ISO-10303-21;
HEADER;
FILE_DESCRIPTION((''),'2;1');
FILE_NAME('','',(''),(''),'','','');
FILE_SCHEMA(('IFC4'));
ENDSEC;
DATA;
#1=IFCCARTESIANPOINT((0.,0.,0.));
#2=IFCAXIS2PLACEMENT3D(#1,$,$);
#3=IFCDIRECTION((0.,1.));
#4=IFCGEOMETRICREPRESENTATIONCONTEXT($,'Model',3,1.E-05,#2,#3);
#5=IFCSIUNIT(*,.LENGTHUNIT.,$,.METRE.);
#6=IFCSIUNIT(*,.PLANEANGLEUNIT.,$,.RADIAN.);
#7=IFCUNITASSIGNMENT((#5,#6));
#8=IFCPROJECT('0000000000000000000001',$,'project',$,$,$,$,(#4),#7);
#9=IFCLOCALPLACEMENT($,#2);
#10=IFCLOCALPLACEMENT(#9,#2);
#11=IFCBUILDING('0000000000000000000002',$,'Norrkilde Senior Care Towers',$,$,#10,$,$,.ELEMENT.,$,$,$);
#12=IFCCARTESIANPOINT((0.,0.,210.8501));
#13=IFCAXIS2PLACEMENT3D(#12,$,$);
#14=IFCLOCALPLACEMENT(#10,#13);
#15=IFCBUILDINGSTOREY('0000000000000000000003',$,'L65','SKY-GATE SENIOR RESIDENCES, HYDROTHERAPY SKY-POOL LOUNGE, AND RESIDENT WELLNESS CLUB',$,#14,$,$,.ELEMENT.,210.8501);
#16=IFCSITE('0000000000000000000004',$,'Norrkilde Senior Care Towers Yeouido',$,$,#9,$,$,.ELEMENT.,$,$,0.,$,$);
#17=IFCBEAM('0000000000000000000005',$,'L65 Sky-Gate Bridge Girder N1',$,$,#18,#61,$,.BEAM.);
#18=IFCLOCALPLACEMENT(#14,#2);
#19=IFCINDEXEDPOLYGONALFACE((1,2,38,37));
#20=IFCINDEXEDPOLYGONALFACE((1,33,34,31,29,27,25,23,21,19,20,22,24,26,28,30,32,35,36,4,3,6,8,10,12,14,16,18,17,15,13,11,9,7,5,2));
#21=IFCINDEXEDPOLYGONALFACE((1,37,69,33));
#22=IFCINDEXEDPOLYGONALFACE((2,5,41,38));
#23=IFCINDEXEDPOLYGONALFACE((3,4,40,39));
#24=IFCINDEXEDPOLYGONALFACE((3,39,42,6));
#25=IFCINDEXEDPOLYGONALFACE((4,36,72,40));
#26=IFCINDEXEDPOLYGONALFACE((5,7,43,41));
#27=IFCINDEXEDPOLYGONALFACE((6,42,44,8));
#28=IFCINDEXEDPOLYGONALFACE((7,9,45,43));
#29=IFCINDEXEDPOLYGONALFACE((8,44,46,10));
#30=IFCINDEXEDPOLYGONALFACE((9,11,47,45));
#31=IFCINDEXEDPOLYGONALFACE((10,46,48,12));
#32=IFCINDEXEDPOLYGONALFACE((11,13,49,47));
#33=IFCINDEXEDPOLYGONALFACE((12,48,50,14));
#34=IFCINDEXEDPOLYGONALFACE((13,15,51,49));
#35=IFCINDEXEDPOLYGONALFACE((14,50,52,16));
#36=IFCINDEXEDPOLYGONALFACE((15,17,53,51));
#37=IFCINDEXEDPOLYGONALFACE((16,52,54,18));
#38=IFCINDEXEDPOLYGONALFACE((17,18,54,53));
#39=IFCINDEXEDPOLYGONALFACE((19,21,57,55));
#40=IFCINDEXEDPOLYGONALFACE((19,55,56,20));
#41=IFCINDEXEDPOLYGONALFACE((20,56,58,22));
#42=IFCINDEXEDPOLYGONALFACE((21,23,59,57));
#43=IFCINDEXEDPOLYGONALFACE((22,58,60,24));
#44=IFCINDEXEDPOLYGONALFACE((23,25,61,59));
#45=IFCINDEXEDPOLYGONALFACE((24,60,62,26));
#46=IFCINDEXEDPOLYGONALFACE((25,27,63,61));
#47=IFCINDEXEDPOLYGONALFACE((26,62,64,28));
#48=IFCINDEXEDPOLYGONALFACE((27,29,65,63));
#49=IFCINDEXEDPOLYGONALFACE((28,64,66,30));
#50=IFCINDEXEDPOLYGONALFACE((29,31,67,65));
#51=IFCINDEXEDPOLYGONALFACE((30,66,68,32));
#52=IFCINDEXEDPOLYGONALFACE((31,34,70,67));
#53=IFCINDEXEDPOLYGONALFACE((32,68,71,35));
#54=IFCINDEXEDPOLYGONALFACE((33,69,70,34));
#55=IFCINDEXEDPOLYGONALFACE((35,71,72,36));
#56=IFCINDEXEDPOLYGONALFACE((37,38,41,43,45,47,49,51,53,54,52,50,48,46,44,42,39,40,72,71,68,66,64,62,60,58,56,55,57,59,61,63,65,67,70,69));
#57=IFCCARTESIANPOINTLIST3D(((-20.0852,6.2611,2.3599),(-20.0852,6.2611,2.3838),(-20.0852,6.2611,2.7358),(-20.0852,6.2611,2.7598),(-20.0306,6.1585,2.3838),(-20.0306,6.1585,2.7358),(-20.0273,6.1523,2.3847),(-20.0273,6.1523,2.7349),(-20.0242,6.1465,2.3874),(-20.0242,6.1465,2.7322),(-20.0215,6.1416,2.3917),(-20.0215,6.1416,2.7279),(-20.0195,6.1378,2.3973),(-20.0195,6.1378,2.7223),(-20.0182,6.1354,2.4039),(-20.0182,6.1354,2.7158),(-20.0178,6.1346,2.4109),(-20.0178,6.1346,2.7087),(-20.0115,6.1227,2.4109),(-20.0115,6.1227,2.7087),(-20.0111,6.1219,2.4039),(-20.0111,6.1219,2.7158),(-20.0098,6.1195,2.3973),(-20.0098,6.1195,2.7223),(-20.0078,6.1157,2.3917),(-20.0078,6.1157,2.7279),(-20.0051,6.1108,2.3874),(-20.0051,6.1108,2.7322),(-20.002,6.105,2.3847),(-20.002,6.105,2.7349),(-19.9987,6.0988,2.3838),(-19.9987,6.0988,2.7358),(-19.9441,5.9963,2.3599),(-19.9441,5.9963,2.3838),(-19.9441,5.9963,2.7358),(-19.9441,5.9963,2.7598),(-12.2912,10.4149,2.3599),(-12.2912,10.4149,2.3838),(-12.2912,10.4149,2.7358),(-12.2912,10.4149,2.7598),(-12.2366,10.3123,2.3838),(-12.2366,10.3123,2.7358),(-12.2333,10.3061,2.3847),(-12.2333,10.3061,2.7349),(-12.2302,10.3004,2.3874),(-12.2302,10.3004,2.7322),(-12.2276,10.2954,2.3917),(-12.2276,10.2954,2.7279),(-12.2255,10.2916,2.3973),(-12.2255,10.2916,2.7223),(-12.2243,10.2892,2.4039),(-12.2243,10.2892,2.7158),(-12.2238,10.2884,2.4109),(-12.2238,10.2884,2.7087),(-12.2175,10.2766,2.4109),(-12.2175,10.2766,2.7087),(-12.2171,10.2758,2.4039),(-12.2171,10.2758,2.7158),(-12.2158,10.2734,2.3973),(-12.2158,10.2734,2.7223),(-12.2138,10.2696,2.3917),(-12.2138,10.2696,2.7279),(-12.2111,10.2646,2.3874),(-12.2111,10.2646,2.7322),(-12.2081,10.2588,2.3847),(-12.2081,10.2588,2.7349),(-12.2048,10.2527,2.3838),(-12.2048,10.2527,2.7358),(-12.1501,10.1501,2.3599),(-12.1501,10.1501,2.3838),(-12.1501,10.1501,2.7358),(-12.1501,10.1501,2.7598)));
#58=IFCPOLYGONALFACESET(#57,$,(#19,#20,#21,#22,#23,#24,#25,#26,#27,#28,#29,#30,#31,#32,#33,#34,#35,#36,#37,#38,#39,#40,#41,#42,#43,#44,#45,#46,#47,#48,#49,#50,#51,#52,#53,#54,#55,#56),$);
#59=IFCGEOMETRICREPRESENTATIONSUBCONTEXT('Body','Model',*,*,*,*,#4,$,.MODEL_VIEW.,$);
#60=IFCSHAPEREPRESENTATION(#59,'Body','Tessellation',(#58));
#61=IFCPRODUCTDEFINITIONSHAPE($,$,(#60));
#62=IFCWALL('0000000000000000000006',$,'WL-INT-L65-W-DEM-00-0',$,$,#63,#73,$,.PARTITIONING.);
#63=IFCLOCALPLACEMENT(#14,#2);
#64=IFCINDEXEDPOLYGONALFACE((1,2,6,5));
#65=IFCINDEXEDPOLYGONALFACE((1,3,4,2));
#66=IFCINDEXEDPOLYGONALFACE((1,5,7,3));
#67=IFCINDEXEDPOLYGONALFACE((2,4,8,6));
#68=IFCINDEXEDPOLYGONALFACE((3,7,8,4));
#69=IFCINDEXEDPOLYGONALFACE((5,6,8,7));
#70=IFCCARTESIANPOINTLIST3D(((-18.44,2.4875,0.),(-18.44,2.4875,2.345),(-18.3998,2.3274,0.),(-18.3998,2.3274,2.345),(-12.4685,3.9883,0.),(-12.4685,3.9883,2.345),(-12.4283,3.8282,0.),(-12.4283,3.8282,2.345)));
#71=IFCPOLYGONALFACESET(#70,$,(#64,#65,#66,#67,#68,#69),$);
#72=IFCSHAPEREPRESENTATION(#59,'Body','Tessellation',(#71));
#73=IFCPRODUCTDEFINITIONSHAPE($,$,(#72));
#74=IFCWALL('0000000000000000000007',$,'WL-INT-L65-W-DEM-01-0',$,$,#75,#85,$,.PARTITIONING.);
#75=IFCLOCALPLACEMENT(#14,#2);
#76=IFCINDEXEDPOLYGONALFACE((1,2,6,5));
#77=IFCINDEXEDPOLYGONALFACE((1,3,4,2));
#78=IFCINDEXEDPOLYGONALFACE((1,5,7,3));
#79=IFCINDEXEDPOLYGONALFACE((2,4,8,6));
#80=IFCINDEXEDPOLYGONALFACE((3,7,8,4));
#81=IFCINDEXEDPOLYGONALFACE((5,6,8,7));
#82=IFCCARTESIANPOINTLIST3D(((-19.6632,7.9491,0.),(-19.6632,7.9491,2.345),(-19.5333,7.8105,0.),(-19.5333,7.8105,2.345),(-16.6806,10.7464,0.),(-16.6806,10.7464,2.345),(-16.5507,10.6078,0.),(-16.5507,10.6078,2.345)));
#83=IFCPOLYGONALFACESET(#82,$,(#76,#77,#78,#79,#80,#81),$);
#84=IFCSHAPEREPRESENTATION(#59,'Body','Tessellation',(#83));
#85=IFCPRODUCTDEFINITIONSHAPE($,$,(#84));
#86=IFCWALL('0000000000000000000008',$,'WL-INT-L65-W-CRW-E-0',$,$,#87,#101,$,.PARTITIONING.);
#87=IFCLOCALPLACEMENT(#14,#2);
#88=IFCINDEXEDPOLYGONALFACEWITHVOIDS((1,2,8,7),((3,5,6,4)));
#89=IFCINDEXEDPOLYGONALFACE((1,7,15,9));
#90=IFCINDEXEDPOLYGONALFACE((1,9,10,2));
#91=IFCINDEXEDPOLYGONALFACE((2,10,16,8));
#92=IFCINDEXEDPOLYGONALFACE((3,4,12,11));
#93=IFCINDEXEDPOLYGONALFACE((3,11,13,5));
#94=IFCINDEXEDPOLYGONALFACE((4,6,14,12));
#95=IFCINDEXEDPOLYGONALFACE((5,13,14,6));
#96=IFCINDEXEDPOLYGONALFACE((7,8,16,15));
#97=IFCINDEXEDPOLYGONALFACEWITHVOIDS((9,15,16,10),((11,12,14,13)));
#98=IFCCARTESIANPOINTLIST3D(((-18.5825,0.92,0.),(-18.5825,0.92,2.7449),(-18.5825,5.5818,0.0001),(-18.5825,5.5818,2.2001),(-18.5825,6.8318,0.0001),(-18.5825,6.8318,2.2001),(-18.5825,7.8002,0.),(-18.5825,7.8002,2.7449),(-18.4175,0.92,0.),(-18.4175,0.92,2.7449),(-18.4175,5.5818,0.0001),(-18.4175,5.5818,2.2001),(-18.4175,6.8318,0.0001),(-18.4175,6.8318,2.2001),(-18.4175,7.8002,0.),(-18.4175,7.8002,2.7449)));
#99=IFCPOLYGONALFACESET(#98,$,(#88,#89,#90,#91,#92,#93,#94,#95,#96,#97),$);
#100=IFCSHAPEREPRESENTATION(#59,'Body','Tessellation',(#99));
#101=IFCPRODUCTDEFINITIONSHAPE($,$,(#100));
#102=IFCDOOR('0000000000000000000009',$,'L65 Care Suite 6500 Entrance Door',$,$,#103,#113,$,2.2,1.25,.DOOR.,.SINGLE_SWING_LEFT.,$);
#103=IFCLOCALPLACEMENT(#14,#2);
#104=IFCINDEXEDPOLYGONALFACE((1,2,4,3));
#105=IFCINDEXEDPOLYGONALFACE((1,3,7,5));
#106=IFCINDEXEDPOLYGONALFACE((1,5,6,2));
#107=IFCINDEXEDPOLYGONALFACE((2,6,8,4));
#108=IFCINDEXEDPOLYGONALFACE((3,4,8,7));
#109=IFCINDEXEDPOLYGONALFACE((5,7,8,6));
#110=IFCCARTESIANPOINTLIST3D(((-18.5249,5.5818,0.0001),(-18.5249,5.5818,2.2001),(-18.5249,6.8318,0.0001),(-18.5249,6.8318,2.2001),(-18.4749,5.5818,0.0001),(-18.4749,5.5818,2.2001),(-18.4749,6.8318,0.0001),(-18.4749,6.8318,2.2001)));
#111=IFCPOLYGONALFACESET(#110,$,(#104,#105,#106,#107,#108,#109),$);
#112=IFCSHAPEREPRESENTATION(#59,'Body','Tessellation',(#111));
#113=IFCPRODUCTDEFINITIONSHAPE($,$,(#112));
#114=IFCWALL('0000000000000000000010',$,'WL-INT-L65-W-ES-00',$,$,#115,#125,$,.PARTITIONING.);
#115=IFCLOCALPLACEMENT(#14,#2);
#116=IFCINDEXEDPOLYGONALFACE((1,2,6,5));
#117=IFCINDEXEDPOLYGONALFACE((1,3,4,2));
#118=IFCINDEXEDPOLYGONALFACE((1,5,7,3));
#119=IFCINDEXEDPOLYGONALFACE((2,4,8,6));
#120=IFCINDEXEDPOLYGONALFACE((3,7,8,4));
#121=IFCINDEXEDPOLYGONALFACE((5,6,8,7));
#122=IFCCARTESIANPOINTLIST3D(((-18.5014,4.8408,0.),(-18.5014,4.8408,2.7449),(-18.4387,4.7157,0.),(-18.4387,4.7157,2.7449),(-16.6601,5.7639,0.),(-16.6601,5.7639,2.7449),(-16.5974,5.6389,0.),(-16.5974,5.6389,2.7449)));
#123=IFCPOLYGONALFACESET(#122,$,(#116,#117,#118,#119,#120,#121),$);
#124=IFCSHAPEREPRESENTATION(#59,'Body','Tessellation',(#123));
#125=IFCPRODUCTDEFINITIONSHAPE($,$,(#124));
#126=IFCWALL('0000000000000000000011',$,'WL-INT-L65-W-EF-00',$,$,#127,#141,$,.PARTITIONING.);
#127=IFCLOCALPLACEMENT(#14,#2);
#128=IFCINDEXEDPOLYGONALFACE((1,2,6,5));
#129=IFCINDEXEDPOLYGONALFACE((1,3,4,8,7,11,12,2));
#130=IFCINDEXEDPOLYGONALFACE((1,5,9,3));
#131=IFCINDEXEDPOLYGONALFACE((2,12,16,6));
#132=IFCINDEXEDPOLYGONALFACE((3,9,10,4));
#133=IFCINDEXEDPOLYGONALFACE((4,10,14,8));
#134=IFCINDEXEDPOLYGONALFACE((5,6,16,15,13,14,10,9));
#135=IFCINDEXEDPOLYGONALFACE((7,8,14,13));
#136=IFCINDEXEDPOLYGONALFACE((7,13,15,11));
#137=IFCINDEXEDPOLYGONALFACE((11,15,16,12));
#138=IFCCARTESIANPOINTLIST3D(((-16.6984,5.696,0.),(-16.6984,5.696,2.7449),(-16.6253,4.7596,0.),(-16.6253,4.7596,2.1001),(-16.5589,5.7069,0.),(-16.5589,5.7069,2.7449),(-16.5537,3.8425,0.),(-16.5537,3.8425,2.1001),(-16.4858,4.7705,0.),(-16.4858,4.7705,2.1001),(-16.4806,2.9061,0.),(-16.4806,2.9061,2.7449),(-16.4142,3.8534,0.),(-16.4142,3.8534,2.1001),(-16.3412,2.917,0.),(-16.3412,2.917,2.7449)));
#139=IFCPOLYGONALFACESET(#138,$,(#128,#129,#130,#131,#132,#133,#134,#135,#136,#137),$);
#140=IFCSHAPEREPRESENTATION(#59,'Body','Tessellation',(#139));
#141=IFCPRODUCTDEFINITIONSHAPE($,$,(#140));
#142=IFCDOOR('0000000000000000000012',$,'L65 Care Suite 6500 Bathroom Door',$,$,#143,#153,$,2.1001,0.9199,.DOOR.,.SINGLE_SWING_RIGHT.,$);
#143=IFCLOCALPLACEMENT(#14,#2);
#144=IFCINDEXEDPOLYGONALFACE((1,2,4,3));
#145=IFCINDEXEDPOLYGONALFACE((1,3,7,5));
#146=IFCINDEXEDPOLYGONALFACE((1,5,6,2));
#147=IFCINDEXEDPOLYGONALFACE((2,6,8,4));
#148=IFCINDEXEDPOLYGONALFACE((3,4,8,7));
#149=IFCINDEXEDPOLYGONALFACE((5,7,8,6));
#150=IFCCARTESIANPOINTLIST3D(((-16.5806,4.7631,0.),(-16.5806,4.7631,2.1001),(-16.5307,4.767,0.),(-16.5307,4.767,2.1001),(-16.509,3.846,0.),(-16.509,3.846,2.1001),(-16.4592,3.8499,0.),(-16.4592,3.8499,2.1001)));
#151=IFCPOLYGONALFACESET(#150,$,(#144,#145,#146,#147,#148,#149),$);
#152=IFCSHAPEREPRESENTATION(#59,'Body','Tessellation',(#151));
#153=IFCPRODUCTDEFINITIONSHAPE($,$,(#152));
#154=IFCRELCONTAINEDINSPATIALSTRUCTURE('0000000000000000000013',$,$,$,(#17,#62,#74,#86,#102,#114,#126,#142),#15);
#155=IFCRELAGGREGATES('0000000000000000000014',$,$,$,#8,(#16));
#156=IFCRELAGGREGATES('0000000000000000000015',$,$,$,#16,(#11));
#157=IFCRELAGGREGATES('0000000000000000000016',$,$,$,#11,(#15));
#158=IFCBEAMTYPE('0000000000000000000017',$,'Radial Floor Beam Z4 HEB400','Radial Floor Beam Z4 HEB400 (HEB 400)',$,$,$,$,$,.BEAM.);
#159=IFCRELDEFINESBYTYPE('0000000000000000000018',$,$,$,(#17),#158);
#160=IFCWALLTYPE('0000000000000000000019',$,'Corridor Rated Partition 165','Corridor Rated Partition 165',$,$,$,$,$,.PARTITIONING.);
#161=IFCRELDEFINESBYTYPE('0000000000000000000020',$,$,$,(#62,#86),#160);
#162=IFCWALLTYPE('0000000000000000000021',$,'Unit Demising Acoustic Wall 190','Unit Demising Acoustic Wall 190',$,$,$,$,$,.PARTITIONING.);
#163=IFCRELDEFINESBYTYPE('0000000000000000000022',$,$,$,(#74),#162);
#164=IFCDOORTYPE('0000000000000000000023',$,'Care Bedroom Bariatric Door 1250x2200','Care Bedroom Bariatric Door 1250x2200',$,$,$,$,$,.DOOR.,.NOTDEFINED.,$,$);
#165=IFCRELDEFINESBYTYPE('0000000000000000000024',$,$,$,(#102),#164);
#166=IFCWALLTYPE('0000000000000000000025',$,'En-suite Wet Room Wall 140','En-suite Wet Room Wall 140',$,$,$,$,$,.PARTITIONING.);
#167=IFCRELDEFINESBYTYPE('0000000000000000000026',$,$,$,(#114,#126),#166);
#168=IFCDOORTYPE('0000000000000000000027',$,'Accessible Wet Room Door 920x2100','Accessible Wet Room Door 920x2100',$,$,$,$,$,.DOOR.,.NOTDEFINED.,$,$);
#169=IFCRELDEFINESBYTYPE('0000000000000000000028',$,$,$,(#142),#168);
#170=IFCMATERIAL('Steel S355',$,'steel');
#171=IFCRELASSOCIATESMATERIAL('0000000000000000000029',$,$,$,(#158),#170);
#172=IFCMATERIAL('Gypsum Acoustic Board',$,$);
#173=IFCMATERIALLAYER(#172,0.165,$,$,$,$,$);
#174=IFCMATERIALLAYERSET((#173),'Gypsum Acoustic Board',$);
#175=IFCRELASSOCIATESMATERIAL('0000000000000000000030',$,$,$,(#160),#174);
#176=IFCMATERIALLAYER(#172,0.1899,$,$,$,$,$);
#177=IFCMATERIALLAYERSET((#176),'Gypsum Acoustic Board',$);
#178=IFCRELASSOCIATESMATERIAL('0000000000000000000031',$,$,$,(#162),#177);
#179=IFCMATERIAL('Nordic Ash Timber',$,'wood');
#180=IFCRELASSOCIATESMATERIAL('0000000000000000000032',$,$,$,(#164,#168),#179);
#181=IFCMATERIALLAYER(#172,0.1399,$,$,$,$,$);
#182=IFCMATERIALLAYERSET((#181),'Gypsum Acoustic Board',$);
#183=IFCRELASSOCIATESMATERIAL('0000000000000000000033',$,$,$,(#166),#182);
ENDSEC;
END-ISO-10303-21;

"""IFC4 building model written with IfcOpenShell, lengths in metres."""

from ifc_helpers import new_model, si_unit, direction, frame, frame_2d, origin, origin_2d, place, context, subcontext, project, spatial, rectangle, i_section, extrude, source, transform, mapped, material, layer, layer_set, material_profile, profile_set, type_object, type_shapes, element, fill, save


model = new_model("IFC4")

# Units and contexts
model_context = context("Model", 3, precision=1e-05, world=origin(), true_north=direction((0.0, 1.0)))
body_context = subcontext(model_context, "Body", "Model", "MODEL_VIEW")
ifc_project = project(units=[si_unit("LENGTHUNIT", "METRE"), si_unit("PLANEANGLEUNIT", "RADIAN")], contexts=[model_context])

# Site, building, storey
site_placement = place(None, origin())
site = spatial("IfcSite", under=ifc_project, at=site_placement, Name="Norrkilde Senior Care Towers Yeouido", CompositionType="ELEMENT", RefElevation=0.0)
building_placement = place(site_placement, origin())
building = spatial("IfcBuilding", under=site, at=building_placement, Name="Norrkilde Senior Care Towers", CompositionType="ELEMENT")
storey_placement = place(building_placement, frame((0.0, 0.0, 210.8501)))
storey = spatial("IfcBuildingStorey", under=building, at=storey_placement, Name="L65", Description="SKY-GATE SENIOR RESIDENCES, HYDROTHERAPY SKY-POOL LOUNGE, AND RESIDENT WELLNESS CLUB", CompositionType="ELEMENT", Elevation=210.8501)

# Beam
ifc_material_1 = material(Name="Steel S355", Category="steel")
ifc_material_profile_1 = material_profile(ifc_material_1, i_section(OverallWidth=0.3, OverallDepth=0.3999, WebThickness=0.0134, FlangeThickness=0.0239, FilletRadius=0.0271, at=origin_2d()), Name="HEB 400")
ifc_profile_set_1 = profile_set([ifc_material_profile_1], Name="Steel S355")
beam_type_1 = type_object("IfcBeamType", Name="Radial Floor Beam Z4 HEB400", Description="Radial Floor Beam Z4 HEB400 (HEB 400)", PredefinedType="BEAM", material=ifc_profile_set_1)
shared_shape_1 = source(origin(), body_context, "Body", "SweptSolid", [
    extrude(i_section(OverallWidth=0.3, OverallDepth=0.3999, WebThickness=0.0134, FlangeThickness=0.0239, FilletRadius=0.0271, at=origin_2d()), origin(), (0.0, 0.0, 1.0), 8.8318),
])
beam_1_placement = place(storey_placement, frame((-20.0146, 6.1287, 2.5598), z_axis=(0.882492, 0.470327, 0.0), x_axis=(-0.470327, 0.882492, 0.0)))
element("IfcBeam", 1, at=beam_1_placement, inside=storey, type_object=beam_type_1, Name="L65 Sky-Gate Bridge Girder N1", PredefinedType="BEAM", context=body_context, shape_type="MappedRepresentation", body=[
    mapped(shared_shape_1, transform((0.0, 0.0, 0.0), x_axis=(1.0, 0.0, 0.0), y_axis=(0.0, 1.0, 0.0), z_axis=(0.0, 0.0, 1.0), scale=1.0)),
])

# Walls
ifc_material_2 = material(Name="Gypsum Acoustic Board")
ifc_layer_1 = layer(ifc_material_2, 0.165)
ifc_layer_set_1 = layer_set([ifc_layer_1], Name="Gypsum Acoustic Board")
wall_type_1 = type_object("IfcWallType", Name="Corridor Rated Partition 165", Description="Corridor Rated Partition 165", PredefinedType="PARTITIONING", material=ifc_layer_set_1)
shared_shape_2 = source(origin(), body_context, "Body", "SweptSolid", [
    extrude(rectangle(XDim=6.1572, YDim=0.165, at=frame_2d((3.0786, 0.0))), origin(), (0.0, 0.0, 1.0), 2.345),
])
wall_1_placement = place(storey_placement, frame((-18.4199, 2.4075, 0.0), z_axis=(0.0, 0.0, 1.0), x_axis=(0.969841, 0.243739, 0.0)))
element("IfcWall", 2, at=wall_1_placement, inside=storey, type_object=wall_type_1, Name="WL-INT-L65-W-DEM-00-0", PredefinedType="PARTITIONING", context=body_context, shape_type="MappedRepresentation", body=[
    mapped(shared_shape_2, transform((0.0, 0.0, 0.0), x_axis=(1.0, 0.0, 0.0), y_axis=(0.0, 1.0, 0.0), z_axis=(0.0, 0.0, 1.0), scale=1.0)),
])
ifc_layer_2 = layer(ifc_material_2, 0.1899)
ifc_layer_set_2 = layer_set([ifc_layer_2], Name="Gypsum Acoustic Board")
wall_type_2 = type_object("IfcWallType", Name="Unit Demising Acoustic Wall 190", Description="Unit Demising Acoustic Wall 190", PredefinedType="PARTITIONING", material=ifc_layer_set_2)
shared_shape_3 = source(origin(), body_context, "Body", "SweptSolid", [
    extrude(rectangle(XDim=4.0891, YDim=0.1899, at=frame_2d((2.0444, 0.0))), origin(), (0.0, 0.0, 1.0), 2.345),
])
type_shapes(wall_type_2, [shared_shape_3])
wall_2_placement = place(storey_placement, frame((-19.5981, 7.8799, 0.0), z_axis=(0.0, 0.0, 1.0), x_axis=(0.729401, 0.684086, 0.0)))
element("IfcWall", 3, at=wall_2_placement, inside=storey, type_object=wall_type_2, Name="WL-INT-L65-W-DEM-01-0", PredefinedType="PARTITIONING", context=body_context, shape_type="MappedRepresentation", body=[
    mapped(shared_shape_3, transform((0.0, 0.0, 0.0), x_axis=(1.0, 0.0, 0.0), y_axis=(0.0, 1.0, 0.0), z_axis=(0.0, 0.0, 1.0), scale=1.0)),
])

# Wall, opening, door
shared_shape_4 = source(origin(), body_context, "Body", "SweptSolid", [
    extrude(rectangle(XDim=6.8801, YDim=0.165, at=frame_2d((3.4399, 0.0))), origin(), (0.0, 0.0, 1.0), 2.7449),
])
wall_3_placement = place(storey_placement, frame((-18.5, 7.8, 0.0), z_axis=(0.0, 0.0, 1.0), x_axis=(0.0, -1.0, 0.0)))
wall_3 = element("IfcWall", 4, at=wall_3_placement, inside=storey, type_object=wall_type_1, Name="WL-INT-L65-W-CRW-E-0", PredefinedType="PARTITIONING", context=body_context, shape_type="MappedRepresentation", body=[
    mapped(shared_shape_4, transform((0.0, 0.0, 0.0), x_axis=(1.0, 0.0, 0.0), y_axis=(0.0, 1.0, 0.0), z_axis=(0.0, 0.0, 1.0), scale=1.0)),
])
opening_1_placement = place(wall_3_placement, frame((0.9683, 0.0, 0.0)))
opening_1 = element("IfcOpeningElement", 5, at=opening_1_placement, cuts=wall_3, PredefinedType="OPENING", context=body_context, shape_type="SweptSolid", body=[
    extrude(rectangle(XDim=1.25, YDim=2.2, at=frame_2d((0.625, 1.1001))), frame((0.0, 0.0925, 0.0), z_axis=(0.0, -1.0, 0.0), x_axis=(1.0, 0.0, 0.0)), (0.0, 0.0, 1.0), 0.1851),
])
ifc_material_3 = material(Name="Nordic Ash Timber", Category="wood")
door_type_1 = type_object("IfcDoorType", Name="Care Bedroom Bariatric Door 1250x2200", Description="Care Bedroom Bariatric Door 1250x2200", OperationType="NOTDEFINED", PredefinedType="DOOR", material=ifc_material_3)
shared_shape_5 = source(origin(), body_context, "Body", "SweptSolid", [
    extrude(rectangle(XDim=1.25, YDim=2.2, at=frame_2d((0.625, 1.1001))), frame((0.0, 0.0249, 0.0), z_axis=(0.0, -1.0, 0.0), x_axis=(1.0, 0.0, 0.0)), (0.0, 0.0, 1.0), 0.05),
])
type_shapes(door_type_1, [shared_shape_5])
door_1_placement = place(opening_1_placement, frame((1.25, 0.0, 0.0), z_axis=(0.0, 0.0, 1.0), x_axis=(-1.0, 0.0, 0.0)))
door_1 = element("IfcDoor", 6, at=door_1_placement, inside=storey, type_object=door_type_1, Name="L65 Care Suite 6500 Entrance Door", OperationType="SINGLE_SWING_LEFT", OverallHeight=2.2, OverallWidth=1.25, PredefinedType="DOOR", context=body_context, shape_type="MappedRepresentation", body=[
    mapped(shared_shape_5, transform((0.0, 0.0, 0.0), x_axis=(1.0, 0.0, 0.0), y_axis=(0.0, 1.0, 0.0), z_axis=(0.0, 0.0, 1.0), scale=1.0)),
])
fill(opening_1, door_1)

# Wall
ifc_layer_3 = layer(ifc_material_2, 0.1399)
ifc_layer_set_3 = layer_set([ifc_layer_3], Name="Gypsum Acoustic Board")
wall_type_3 = type_object("IfcWallType", Name="En-suite Wet Room Wall 140", Description="En-suite Wet Room Wall 140", PredefinedType="PARTITIONING", material=ifc_layer_set_3)
shared_shape_6 = source(origin(), body_context, "Body", "SweptSolid", [
    extrude(rectangle(XDim=2.0598, YDim=0.1399, at=frame_2d((1.0298, 0.0))), origin(), (0.0, 0.0, 1.0), 2.7449),
])
wall_4_placement = place(storey_placement, frame((-18.47, 4.7783, 0.0), z_axis=(0.0, 0.0, 1.0), x_axis=(0.893953, 0.448162, 0.0)))
element("IfcWall", 7, at=wall_4_placement, inside=storey, type_object=wall_type_3, Name="WL-INT-L65-W-ES-00", PredefinedType="PARTITIONING", context=body_context, shape_type="MappedRepresentation", body=[
    mapped(shared_shape_6, transform((0.0, 0.0, 0.0), x_axis=(1.0, 0.0, 0.0), y_axis=(0.0, 1.0, 0.0), z_axis=(0.0, 0.0, 1.0), scale=1.0)),
])

# Wall, opening, door
shared_shape_7 = source(origin(), body_context, "Body", "SweptSolid", [
    extrude(rectangle(XDim=2.7983, YDim=0.1399, at=frame_2d((1.3992, 0.0))), origin(), (0.0, 0.0, 1.0), 2.7449),
])
wall_5_placement = place(storey_placement, frame((-16.6287, 5.7014, 0.0), z_axis=(0.0, 0.0, 1.0), x_axis=(0.077824, -0.996967, 0.0)))
wall_5 = element("IfcWall", 8, at=wall_5_placement, inside=storey, type_object=wall_type_3, Name="WL-INT-L65-W-EF-00", PredefinedType="PARTITIONING", context=body_context, shape_type="MappedRepresentation", body=[
    mapped(shared_shape_7, transform((0.0, 0.0, 0.0), x_axis=(1.0, 0.0, 0.0), y_axis=(0.0, 1.0, 0.0), z_axis=(0.0, 0.0, 1.0), scale=1.0)),
])
opening_2_placement = place(wall_5_placement, frame((0.9392, 0.0, 0.0)))
opening_2 = element("IfcOpeningElement", 9, at=opening_2_placement, cuts=wall_5, PredefinedType="OPENING", context=body_context, shape_type="SweptSolid", body=[
    extrude(rectangle(XDim=0.9199, YDim=2.1001, at=frame_2d((0.46, 1.05))), frame((0.0, 0.0798, 0.0), z_axis=(0.0, -1.0, 0.0), x_axis=(1.0, 0.0, 0.0)), (0.0, 0.0, 1.0), 0.1599),
])
door_type_2 = type_object("IfcDoorType", Name="Accessible Wet Room Door 920x2100", Description="Accessible Wet Room Door 920x2100", OperationType="NOTDEFINED", PredefinedType="DOOR", material=ifc_material_3)
shared_shape_8 = source(origin(), body_context, "Body", "SweptSolid", [
    extrude(rectangle(XDim=0.9199, YDim=2.1001, at=frame_2d((0.46, 1.05))), frame((0.0, 0.0249, 0.0), z_axis=(0.0, -1.0, 0.0), x_axis=(1.0, 0.0, 0.0)), (0.0, 0.0, 1.0), 0.05),
])
type_shapes(door_type_2, [shared_shape_8])
door_2_placement = place(opening_2_placement, origin())
door_2 = element("IfcDoor", 10, at=door_2_placement, inside=storey, type_object=door_type_2, Name="L65 Care Suite 6500 Bathroom Door", OperationType="SINGLE_SWING_RIGHT", OverallHeight=2.1001, OverallWidth=0.9199, PredefinedType="DOOR", context=body_context, shape_type="MappedRepresentation", body=[
    mapped(shared_shape_8, transform((0.0, 0.0, 0.0), x_axis=(1.0, 0.0, 0.0), y_axis=(0.0, 1.0, 0.0), z_axis=(0.0, 0.0, 1.0), scale=1.0)),
])
fill(opening_2, door_2)

save(model, "model.ifc")
